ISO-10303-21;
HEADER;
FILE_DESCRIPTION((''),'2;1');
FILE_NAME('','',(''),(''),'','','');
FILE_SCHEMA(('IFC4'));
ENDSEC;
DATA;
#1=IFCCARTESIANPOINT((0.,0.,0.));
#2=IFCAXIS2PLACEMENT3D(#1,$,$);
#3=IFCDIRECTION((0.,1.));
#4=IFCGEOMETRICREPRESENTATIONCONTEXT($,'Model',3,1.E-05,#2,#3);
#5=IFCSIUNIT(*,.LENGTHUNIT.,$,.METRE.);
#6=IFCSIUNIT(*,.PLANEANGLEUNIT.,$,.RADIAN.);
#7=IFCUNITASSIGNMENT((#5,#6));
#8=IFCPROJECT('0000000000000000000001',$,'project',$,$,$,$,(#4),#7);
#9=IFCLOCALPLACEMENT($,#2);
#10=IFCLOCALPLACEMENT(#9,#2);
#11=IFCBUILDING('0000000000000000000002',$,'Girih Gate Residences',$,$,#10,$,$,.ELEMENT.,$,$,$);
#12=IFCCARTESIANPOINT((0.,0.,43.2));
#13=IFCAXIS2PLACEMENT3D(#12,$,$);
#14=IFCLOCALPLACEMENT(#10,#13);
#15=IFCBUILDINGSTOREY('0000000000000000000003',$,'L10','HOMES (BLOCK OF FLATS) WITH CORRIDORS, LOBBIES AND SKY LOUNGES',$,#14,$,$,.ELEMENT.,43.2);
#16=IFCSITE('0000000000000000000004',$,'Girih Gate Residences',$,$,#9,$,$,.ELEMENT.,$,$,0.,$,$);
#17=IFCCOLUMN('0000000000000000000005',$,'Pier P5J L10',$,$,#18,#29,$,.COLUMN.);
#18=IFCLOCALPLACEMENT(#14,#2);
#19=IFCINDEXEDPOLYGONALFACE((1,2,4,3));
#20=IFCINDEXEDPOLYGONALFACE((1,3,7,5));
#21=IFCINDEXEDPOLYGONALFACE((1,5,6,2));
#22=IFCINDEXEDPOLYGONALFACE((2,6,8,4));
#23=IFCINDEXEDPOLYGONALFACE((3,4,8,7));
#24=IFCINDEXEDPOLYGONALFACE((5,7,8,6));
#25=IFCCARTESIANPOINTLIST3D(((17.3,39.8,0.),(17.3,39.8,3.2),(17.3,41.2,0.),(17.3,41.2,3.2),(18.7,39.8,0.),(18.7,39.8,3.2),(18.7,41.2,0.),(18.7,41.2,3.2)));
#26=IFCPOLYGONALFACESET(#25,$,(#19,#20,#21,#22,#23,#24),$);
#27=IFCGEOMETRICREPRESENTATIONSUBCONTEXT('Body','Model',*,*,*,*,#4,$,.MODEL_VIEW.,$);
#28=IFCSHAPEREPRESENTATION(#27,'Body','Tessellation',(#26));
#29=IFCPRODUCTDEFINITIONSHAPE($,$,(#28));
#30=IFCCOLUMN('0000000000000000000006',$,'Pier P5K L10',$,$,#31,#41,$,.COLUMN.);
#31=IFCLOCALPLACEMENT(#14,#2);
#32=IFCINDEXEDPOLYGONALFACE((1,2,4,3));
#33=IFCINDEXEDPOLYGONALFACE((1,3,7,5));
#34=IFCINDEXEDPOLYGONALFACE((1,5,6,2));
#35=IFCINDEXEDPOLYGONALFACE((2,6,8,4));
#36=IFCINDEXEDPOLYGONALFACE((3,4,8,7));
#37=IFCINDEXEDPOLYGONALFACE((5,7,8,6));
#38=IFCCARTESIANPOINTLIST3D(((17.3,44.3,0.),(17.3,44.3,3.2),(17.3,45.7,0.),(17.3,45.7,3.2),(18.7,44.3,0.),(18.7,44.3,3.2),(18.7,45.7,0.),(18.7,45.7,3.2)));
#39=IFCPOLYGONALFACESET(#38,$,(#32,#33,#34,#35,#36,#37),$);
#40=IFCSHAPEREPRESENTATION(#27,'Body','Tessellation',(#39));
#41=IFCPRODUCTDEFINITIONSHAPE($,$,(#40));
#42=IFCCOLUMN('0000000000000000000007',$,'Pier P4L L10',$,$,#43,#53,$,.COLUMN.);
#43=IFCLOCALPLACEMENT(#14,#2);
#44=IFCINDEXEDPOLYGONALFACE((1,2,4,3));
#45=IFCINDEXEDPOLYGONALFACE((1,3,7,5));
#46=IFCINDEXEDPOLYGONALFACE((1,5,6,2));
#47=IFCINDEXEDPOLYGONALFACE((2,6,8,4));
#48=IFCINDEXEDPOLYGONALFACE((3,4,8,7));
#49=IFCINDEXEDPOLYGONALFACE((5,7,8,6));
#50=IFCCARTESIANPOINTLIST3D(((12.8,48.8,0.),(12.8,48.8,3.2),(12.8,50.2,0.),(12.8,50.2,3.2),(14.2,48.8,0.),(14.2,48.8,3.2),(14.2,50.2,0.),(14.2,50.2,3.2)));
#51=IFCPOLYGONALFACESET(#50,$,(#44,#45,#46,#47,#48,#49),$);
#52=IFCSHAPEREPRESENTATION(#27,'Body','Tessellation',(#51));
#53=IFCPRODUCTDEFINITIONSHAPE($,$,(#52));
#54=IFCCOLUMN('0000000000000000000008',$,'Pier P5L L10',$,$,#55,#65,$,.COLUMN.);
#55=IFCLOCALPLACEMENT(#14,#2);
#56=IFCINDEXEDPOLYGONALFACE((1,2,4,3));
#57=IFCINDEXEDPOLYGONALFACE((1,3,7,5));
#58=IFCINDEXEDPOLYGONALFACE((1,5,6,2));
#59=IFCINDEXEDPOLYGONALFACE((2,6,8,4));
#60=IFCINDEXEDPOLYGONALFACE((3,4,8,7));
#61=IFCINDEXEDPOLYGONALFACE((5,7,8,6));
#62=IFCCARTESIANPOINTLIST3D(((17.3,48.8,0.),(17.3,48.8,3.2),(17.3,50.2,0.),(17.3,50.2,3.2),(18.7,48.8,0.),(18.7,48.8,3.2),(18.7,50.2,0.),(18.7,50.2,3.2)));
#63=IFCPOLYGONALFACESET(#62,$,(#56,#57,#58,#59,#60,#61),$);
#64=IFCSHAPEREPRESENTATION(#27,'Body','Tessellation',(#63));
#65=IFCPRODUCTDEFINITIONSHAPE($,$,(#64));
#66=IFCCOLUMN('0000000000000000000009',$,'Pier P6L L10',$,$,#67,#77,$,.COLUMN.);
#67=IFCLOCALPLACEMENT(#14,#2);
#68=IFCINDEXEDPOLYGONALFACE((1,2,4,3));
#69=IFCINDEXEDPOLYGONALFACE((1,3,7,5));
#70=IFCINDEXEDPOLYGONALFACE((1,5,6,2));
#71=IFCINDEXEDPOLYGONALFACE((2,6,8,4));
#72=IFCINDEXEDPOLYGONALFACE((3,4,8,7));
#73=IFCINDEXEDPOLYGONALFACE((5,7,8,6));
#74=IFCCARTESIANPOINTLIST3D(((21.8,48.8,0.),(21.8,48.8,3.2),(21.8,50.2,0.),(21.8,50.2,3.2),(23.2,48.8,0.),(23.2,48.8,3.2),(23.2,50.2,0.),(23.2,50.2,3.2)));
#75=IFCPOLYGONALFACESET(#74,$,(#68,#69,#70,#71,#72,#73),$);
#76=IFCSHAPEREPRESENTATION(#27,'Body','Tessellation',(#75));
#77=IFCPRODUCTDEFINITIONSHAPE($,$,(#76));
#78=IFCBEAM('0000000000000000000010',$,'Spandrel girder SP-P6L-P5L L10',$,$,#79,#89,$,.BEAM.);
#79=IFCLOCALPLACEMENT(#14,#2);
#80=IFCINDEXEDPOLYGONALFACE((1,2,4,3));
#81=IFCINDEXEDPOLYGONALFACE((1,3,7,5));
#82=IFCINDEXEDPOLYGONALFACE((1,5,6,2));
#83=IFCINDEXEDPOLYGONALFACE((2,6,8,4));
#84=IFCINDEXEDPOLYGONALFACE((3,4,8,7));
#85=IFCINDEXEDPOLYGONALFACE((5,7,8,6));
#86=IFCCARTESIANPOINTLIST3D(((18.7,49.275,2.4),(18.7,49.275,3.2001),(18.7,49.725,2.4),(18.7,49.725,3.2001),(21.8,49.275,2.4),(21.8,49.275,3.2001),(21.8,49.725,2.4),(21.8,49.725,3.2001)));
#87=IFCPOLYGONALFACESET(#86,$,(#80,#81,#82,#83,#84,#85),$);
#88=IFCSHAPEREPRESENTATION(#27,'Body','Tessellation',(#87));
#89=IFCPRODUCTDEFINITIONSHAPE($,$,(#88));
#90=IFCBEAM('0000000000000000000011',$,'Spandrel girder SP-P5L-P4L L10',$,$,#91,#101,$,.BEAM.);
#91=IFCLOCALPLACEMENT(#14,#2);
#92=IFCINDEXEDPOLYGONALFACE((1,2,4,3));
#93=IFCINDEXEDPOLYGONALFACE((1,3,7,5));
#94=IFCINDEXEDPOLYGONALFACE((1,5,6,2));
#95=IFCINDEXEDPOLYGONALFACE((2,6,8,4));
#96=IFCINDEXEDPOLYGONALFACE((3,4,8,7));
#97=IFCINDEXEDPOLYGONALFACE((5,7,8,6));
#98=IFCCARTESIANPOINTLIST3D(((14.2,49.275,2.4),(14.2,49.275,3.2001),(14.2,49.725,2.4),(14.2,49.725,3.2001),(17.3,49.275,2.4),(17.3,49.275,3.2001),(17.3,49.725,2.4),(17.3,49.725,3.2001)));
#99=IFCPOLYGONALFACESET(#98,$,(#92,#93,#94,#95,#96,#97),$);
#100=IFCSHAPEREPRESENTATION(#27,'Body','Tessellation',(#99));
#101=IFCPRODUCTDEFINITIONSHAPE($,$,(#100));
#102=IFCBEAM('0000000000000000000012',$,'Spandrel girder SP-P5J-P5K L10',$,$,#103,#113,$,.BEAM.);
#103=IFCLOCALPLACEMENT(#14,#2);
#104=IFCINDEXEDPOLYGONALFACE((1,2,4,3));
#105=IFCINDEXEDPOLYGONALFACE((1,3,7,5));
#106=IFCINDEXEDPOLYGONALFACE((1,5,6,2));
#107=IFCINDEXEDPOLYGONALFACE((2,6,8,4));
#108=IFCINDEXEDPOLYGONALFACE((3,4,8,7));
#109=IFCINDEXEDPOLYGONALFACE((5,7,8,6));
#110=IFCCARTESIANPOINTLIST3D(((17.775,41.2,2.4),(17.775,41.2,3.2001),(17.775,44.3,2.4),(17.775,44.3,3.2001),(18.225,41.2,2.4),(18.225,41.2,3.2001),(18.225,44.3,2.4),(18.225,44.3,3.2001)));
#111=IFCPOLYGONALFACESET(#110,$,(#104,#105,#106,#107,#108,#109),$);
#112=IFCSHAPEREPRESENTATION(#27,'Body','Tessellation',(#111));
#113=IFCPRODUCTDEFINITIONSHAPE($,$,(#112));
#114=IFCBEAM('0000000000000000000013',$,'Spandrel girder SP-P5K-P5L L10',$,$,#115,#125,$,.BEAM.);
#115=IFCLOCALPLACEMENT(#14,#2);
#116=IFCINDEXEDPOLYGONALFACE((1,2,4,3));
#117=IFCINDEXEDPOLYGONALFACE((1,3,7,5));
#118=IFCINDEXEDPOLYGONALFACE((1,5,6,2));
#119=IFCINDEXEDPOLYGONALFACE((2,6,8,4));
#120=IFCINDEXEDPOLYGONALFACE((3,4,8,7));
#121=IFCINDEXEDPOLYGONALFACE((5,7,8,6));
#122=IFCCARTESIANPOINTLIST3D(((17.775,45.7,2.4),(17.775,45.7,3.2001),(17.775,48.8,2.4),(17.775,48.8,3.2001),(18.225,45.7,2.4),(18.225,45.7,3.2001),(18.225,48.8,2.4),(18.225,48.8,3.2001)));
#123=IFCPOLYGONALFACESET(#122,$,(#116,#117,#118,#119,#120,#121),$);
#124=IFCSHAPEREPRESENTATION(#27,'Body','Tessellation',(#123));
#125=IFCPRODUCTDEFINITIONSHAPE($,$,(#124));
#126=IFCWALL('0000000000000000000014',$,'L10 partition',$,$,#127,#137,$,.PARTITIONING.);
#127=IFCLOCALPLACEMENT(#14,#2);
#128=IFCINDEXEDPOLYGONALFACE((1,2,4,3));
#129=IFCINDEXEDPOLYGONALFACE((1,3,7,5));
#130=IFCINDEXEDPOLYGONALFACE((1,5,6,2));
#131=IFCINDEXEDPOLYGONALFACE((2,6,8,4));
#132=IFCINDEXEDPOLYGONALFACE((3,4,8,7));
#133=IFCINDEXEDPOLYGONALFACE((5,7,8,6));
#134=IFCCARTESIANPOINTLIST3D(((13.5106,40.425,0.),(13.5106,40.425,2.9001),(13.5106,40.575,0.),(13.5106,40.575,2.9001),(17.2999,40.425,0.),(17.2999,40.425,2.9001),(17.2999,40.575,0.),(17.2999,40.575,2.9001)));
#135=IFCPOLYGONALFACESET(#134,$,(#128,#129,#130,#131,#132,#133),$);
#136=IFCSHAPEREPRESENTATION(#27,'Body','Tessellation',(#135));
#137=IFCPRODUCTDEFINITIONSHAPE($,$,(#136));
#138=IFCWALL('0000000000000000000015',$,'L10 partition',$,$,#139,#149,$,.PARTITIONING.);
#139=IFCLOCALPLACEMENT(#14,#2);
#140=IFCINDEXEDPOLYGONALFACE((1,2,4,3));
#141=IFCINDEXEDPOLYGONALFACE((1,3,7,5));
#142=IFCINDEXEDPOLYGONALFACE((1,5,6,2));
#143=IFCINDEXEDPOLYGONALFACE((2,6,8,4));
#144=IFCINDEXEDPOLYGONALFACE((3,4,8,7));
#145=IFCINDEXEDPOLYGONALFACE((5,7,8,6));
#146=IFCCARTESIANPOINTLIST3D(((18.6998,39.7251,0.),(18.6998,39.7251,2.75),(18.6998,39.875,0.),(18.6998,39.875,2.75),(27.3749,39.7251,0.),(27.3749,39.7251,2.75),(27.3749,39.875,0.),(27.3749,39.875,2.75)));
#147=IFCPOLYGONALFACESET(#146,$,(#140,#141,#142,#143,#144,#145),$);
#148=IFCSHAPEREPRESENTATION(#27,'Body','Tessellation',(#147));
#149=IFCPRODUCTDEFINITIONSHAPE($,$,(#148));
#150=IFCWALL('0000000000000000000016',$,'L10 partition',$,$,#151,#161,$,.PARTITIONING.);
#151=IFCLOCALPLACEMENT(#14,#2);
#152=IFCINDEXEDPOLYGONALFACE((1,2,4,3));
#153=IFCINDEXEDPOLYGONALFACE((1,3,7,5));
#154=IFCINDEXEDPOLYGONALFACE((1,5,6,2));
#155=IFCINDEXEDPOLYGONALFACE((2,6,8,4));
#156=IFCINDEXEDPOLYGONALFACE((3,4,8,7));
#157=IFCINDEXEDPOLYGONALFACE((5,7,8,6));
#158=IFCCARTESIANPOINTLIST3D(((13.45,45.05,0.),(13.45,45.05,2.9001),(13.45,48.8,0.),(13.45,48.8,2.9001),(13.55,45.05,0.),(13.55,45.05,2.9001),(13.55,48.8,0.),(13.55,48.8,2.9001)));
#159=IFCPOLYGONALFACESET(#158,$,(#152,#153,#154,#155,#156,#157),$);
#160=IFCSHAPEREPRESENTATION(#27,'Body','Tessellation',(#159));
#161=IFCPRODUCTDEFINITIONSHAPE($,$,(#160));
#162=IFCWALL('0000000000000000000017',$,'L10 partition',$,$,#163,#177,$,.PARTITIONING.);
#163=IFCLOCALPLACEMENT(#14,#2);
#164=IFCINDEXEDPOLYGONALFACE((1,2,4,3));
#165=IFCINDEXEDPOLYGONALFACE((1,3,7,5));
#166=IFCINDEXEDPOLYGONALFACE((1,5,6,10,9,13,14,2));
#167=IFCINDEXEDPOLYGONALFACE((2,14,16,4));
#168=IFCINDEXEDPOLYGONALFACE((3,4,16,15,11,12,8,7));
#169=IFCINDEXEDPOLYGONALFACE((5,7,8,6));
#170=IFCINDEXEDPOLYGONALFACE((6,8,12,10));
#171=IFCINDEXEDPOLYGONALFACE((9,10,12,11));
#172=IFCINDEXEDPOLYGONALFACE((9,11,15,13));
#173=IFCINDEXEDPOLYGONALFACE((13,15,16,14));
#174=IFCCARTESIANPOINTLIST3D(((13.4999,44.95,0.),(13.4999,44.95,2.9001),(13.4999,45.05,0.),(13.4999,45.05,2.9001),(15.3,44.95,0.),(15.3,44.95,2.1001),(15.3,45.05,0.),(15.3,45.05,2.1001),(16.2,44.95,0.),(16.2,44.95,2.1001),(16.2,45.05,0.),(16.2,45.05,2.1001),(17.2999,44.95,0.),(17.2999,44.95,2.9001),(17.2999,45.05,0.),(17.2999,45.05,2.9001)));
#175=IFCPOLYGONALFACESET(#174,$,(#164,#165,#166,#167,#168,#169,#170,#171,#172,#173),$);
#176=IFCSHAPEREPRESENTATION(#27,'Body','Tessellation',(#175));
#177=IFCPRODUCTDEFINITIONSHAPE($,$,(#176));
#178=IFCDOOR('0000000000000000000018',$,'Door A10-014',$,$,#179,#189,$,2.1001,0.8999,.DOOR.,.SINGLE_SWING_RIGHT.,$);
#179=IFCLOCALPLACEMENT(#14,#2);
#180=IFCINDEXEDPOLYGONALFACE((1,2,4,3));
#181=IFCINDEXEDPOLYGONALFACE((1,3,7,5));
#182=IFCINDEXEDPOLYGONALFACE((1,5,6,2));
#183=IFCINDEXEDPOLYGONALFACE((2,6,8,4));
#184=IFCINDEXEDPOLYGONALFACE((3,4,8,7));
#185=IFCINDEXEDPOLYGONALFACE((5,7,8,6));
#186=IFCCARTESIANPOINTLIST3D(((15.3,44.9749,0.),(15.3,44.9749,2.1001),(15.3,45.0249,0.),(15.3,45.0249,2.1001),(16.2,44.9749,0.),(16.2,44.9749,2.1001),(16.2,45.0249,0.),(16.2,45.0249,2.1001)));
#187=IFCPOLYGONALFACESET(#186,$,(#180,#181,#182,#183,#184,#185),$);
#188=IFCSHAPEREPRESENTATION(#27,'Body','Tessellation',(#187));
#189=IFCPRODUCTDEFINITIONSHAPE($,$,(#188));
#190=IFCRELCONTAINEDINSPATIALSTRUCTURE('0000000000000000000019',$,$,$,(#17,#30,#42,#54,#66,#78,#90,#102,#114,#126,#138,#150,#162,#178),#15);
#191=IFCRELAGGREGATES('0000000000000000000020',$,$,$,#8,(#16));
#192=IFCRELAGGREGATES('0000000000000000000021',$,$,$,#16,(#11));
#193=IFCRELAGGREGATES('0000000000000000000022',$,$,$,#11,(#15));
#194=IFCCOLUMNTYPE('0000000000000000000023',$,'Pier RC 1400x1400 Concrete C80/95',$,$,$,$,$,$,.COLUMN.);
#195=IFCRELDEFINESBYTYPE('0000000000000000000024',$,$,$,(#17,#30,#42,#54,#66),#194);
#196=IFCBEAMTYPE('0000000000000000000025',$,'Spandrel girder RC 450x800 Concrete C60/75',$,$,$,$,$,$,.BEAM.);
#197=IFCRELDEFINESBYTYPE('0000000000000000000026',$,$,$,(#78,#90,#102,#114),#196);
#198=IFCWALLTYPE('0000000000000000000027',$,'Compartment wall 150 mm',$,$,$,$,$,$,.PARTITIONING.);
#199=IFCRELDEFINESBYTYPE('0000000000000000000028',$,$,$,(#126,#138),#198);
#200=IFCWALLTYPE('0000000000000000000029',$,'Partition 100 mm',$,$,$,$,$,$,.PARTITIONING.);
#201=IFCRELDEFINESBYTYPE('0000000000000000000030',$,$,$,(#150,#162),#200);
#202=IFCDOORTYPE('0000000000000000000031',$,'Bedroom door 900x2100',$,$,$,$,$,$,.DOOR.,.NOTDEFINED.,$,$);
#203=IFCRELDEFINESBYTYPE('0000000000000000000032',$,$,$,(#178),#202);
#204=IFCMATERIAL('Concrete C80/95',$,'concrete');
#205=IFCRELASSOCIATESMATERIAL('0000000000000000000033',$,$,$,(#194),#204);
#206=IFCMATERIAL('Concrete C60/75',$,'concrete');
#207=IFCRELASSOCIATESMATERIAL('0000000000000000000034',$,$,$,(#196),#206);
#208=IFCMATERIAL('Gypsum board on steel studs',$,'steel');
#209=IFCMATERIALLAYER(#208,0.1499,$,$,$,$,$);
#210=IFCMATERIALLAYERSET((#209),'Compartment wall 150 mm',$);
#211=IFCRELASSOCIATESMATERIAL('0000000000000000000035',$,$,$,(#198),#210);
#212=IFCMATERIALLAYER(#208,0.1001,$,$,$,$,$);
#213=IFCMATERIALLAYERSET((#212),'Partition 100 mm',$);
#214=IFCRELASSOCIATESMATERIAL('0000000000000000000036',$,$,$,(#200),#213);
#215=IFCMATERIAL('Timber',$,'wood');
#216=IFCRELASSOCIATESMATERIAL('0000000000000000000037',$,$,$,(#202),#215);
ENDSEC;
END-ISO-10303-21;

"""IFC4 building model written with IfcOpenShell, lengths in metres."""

from ifc_helpers import new_model, si_unit, direction, frame, frame_2d, origin, origin_2d, place, context, subcontext, project, spatial, rectangle, extrude, material, layer, layer_set, material_profile, profile_set, type_object, element, fill, save


model = new_model("IFC4")

# Units and contexts
model_context = context("Model", 3, precision=1e-05, world=origin(), true_north=direction((0.0, 1.0)))
body_context = subcontext(model_context, "Body", "Model", "MODEL_VIEW")
ifc_project = project(units=[si_unit("LENGTHUNIT", "METRE"), si_unit("PLANEANGLEUNIT", "RADIAN")], contexts=[model_context])

# Site, building, storey
site_placement = place(None, origin())
site = spatial("IfcSite", under=ifc_project, at=site_placement, Name="Girih Gate Residences", CompositionType="ELEMENT", RefElevation=0.0)
building_placement = place(site_placement, origin())
building = spatial("IfcBuilding", under=site, at=building_placement, Name="Girih Gate Residences", CompositionType="ELEMENT")
storey_placement = place(building_placement, frame((0.0, 0.0, 43.2)))
storey = spatial("IfcBuildingStorey", under=building, at=storey_placement, Name="L10", Description="HOMES (BLOCK OF FLATS) WITH CORRIDORS, LOBBIES AND SKY LOUNGES", CompositionType="ELEMENT", Elevation=43.2)

# Columns
ifc_material_1 = material(Name="Concrete C80/95", Category="concrete")
ifc_material_profile_1 = material_profile(ifc_material_1, rectangle(XDim=1.3999, YDim=1.3999, at=origin_2d()))
ifc_profile_set_1 = profile_set([ifc_material_profile_1], Name="Concrete C80/95")
column_type = type_object("IfcColumnType", Name="Pier RC 1400x1400 Concrete C80/95", PredefinedType="COLUMN", material=ifc_profile_set_1)
for number, where, z_axis, x_axis, name in (
    (1, (18.0, 40.5, 0.0), (0.0, 0.0, 1.0), (1.0, 0.0, 0.0), "Pier P5J L10"),
    (2, (18.0, 45.0, 0.0), (0.0, 0.0, 1.0), (1.0, 0.0, 0.0), "Pier P5K L10"),
    (3, (13.5, 49.5, 0.0), (0.0, 0.0, 1.0), (1.0, 0.0, 0.0), "Pier P4L L10"),
    (4, (18.0, 49.5, 0.0), (0.0, 0.0, 1.0), (1.0, 0.0, 0.0), "Pier P5L L10"),
    (5, (22.5, 49.5, 0.0), (0.0, 0.0, 1.0), (1.0, 0.0, 0.0), "Pier P6L L10"),
):
    element("IfcColumn", number, at=place(storey_placement, frame(where, z_axis=z_axis, x_axis=x_axis)), inside=storey, type_object=column_type, Name=name, PredefinedType="COLUMN", context=body_context, shape_type="SweptSolid", body=[
        extrude(rectangle(XDim=1.3999, YDim=1.3999, at=origin_2d()), origin(), (0.0, 0.0, 1.0), 3.2),
    ])

# Beams
ifc_material_2 = material(Name="Concrete C60/75", Category="concrete")
ifc_material_profile_2 = material_profile(ifc_material_2, rectangle(XDim=0.45, YDim=0.8, at=origin_2d()))
ifc_profile_set_2 = profile_set([ifc_material_profile_2], Name="Concrete C60/75")
beam_type = type_object("IfcBeamType", Name="Spandrel girder RC 450x800 Concrete C60/75", PredefinedType="BEAM", material=ifc_profile_set_2)
for number, where, z_axis, x_axis, name in (
    (6, (21.8, 49.5, 2.8), (-1.0, 0.0, 0.0), (0.0, -1.0, 0.0), "Spandrel girder SP-P6L-P5L L10"),
    (7, (17.3, 49.5, 2.8), (-1.0, 0.0, 0.0), (0.0, -1.0, 0.0), "Spandrel girder SP-P5L-P4L L10"),
    (8, (18.0, 41.2, 2.8), (0.0, 1.0, 0.0), (-1.0, 0.0, 0.0), "Spandrel girder SP-P5J-P5K L10"),
    (9, (18.0, 45.7, 2.8), (0.0, 1.0, 0.0), (-1.0, 0.0, 0.0), "Spandrel girder SP-P5K-P5L L10"),
):
    element("IfcBeam", number, at=place(storey_placement, frame(where, z_axis=z_axis, x_axis=x_axis)), inside=storey, type_object=beam_type, Name=name, PredefinedType="BEAM", context=body_context, shape_type="SweptSolid", body=[
        extrude(rectangle(XDim=0.45, YDim=0.8, at=origin_2d()), origin(), (0.0, 0.0, 1.0), 3.1001),
    ])

# Walls
ifc_material_3 = material(Name="Gypsum board on steel studs", Category="steel")
ifc_layer_1 = layer(ifc_material_3, 0.1499)
ifc_layer_set_1 = layer_set([ifc_layer_1], Name="Compartment wall 150 mm")
wall_type_1 = type_object("IfcWallType", Name="Compartment wall 150 mm", PredefinedType="PARTITIONING", material=ifc_layer_set_1)
wall_1_placement = place(storey_placement, frame((13.5107, 40.5, 0.0), z_axis=(0.0, 0.0, 1.0), x_axis=(1.0, 0.0, 0.0)))
element("IfcWall", 10, at=wall_1_placement, inside=storey, type_object=wall_type_1, Name="L10 partition", PredefinedType="PARTITIONING", context=body_context, shape_type="SweptSolid", body=[
    extrude(rectangle(XDim=3.7893, YDim=0.1499, at=frame_2d((1.8945, 0.0))), origin(), (0.0, 0.0, 1.0), 2.9001),
])
wall_2_placement = place(storey_placement, frame((18.7, 39.8, 0.0), z_axis=(0.0, 0.0, 1.0), x_axis=(1.0, 0.0, 0.0)))
element("IfcWall", 11, at=wall_2_placement, inside=storey, type_object=wall_type_1, Name="L10 partition", PredefinedType="PARTITIONING", context=body_context, shape_type="SweptSolid", body=[
    extrude(rectangle(XDim=8.675, YDim=0.1499, at=frame_2d((4.3374, 0.0))), origin(), (0.0, 0.0, 1.0), 2.75),
])
ifc_layer_2 = layer(ifc_material_3, 0.1001)
ifc_layer_set_2 = layer_set([ifc_layer_2], Name="Partition 100 mm")
wall_type_2 = type_object("IfcWallType", Name="Partition 100 mm", PredefinedType="PARTITIONING", material=ifc_layer_set_2)
wall_3_placement = place(storey_placement, frame((13.5, 45.05, 0.0), z_axis=(0.0, 0.0, 1.0), x_axis=(0.0, 1.0, 0.0)))
element("IfcWall", 12, at=wall_3_placement, inside=storey, type_object=wall_type_2, Name="L10 partition", PredefinedType="PARTITIONING", context=body_context, shape_type="SweptSolid", body=[
    extrude(rectangle(XDim=3.75, YDim=0.1001, at=frame_2d((1.875, 0.0))), origin(), (0.0, 0.0, 1.0), 2.9001),
])

# Wall, opening, door
wall_4_placement = place(storey_placement, frame((13.5, 45.0, 0.0), z_axis=(0.0, 0.0, 1.0), x_axis=(1.0, 0.0, 0.0)))
wall_4 = element("IfcWall", 13, at=wall_4_placement, inside=storey, type_object=wall_type_2, Name="L10 partition", PredefinedType="PARTITIONING", context=body_context, shape_type="SweptSolid", body=[
    extrude(rectangle(XDim=3.8, YDim=0.1001, at=frame_2d((1.8999, 0.0))), origin(), (0.0, 0.0, 1.0), 2.9001),
])
opening_1_placement = place(wall_4_placement, frame((1.8, 0.0, 0.0)))
opening_1 = element("IfcOpeningElement", 14, at=opening_1_placement, cuts=wall_4, PredefinedType="OPENING", context=body_context, shape_type="SweptSolid", body=[
    extrude(rectangle(XDim=0.8999, YDim=2.1001, at=frame_2d((0.45, 1.05))), frame((0.0, 0.0601, 0.0), z_axis=(0.0, -1.0, 0.0), x_axis=(1.0, 0.0, 0.0)), (0.0, 0.0, 1.0), 0.1201),
])
ifc_material_4 = material(Name="Timber", Category="wood")
door_type_1 = type_object("IfcDoorType", Name="Bedroom door 900x2100", OperationType="NOTDEFINED", PredefinedType="DOOR", material=ifc_material_4)
door_1_placement = place(opening_1_placement, origin())
door_1 = element("IfcDoor", 15, at=door_1_placement, inside=storey, type_object=door_type_1, Name="Door A10-014", OperationType="SINGLE_SWING_RIGHT", OverallHeight=2.1001, OverallWidth=0.8999, PredefinedType="DOOR", context=body_context, shape_type="SweptSolid", body=[
    extrude(rectangle(XDim=0.8999, YDim=2.1001, at=frame_2d((0.45, 1.05))), frame((0.0, 0.0249, 0.0), z_axis=(0.0, -1.0, 0.0), x_axis=(1.0, 0.0, 0.0)), (0.0, 0.0, 1.0), 0.05),
])
fill(opening_1, door_1)

save(model, "model.ifc")
